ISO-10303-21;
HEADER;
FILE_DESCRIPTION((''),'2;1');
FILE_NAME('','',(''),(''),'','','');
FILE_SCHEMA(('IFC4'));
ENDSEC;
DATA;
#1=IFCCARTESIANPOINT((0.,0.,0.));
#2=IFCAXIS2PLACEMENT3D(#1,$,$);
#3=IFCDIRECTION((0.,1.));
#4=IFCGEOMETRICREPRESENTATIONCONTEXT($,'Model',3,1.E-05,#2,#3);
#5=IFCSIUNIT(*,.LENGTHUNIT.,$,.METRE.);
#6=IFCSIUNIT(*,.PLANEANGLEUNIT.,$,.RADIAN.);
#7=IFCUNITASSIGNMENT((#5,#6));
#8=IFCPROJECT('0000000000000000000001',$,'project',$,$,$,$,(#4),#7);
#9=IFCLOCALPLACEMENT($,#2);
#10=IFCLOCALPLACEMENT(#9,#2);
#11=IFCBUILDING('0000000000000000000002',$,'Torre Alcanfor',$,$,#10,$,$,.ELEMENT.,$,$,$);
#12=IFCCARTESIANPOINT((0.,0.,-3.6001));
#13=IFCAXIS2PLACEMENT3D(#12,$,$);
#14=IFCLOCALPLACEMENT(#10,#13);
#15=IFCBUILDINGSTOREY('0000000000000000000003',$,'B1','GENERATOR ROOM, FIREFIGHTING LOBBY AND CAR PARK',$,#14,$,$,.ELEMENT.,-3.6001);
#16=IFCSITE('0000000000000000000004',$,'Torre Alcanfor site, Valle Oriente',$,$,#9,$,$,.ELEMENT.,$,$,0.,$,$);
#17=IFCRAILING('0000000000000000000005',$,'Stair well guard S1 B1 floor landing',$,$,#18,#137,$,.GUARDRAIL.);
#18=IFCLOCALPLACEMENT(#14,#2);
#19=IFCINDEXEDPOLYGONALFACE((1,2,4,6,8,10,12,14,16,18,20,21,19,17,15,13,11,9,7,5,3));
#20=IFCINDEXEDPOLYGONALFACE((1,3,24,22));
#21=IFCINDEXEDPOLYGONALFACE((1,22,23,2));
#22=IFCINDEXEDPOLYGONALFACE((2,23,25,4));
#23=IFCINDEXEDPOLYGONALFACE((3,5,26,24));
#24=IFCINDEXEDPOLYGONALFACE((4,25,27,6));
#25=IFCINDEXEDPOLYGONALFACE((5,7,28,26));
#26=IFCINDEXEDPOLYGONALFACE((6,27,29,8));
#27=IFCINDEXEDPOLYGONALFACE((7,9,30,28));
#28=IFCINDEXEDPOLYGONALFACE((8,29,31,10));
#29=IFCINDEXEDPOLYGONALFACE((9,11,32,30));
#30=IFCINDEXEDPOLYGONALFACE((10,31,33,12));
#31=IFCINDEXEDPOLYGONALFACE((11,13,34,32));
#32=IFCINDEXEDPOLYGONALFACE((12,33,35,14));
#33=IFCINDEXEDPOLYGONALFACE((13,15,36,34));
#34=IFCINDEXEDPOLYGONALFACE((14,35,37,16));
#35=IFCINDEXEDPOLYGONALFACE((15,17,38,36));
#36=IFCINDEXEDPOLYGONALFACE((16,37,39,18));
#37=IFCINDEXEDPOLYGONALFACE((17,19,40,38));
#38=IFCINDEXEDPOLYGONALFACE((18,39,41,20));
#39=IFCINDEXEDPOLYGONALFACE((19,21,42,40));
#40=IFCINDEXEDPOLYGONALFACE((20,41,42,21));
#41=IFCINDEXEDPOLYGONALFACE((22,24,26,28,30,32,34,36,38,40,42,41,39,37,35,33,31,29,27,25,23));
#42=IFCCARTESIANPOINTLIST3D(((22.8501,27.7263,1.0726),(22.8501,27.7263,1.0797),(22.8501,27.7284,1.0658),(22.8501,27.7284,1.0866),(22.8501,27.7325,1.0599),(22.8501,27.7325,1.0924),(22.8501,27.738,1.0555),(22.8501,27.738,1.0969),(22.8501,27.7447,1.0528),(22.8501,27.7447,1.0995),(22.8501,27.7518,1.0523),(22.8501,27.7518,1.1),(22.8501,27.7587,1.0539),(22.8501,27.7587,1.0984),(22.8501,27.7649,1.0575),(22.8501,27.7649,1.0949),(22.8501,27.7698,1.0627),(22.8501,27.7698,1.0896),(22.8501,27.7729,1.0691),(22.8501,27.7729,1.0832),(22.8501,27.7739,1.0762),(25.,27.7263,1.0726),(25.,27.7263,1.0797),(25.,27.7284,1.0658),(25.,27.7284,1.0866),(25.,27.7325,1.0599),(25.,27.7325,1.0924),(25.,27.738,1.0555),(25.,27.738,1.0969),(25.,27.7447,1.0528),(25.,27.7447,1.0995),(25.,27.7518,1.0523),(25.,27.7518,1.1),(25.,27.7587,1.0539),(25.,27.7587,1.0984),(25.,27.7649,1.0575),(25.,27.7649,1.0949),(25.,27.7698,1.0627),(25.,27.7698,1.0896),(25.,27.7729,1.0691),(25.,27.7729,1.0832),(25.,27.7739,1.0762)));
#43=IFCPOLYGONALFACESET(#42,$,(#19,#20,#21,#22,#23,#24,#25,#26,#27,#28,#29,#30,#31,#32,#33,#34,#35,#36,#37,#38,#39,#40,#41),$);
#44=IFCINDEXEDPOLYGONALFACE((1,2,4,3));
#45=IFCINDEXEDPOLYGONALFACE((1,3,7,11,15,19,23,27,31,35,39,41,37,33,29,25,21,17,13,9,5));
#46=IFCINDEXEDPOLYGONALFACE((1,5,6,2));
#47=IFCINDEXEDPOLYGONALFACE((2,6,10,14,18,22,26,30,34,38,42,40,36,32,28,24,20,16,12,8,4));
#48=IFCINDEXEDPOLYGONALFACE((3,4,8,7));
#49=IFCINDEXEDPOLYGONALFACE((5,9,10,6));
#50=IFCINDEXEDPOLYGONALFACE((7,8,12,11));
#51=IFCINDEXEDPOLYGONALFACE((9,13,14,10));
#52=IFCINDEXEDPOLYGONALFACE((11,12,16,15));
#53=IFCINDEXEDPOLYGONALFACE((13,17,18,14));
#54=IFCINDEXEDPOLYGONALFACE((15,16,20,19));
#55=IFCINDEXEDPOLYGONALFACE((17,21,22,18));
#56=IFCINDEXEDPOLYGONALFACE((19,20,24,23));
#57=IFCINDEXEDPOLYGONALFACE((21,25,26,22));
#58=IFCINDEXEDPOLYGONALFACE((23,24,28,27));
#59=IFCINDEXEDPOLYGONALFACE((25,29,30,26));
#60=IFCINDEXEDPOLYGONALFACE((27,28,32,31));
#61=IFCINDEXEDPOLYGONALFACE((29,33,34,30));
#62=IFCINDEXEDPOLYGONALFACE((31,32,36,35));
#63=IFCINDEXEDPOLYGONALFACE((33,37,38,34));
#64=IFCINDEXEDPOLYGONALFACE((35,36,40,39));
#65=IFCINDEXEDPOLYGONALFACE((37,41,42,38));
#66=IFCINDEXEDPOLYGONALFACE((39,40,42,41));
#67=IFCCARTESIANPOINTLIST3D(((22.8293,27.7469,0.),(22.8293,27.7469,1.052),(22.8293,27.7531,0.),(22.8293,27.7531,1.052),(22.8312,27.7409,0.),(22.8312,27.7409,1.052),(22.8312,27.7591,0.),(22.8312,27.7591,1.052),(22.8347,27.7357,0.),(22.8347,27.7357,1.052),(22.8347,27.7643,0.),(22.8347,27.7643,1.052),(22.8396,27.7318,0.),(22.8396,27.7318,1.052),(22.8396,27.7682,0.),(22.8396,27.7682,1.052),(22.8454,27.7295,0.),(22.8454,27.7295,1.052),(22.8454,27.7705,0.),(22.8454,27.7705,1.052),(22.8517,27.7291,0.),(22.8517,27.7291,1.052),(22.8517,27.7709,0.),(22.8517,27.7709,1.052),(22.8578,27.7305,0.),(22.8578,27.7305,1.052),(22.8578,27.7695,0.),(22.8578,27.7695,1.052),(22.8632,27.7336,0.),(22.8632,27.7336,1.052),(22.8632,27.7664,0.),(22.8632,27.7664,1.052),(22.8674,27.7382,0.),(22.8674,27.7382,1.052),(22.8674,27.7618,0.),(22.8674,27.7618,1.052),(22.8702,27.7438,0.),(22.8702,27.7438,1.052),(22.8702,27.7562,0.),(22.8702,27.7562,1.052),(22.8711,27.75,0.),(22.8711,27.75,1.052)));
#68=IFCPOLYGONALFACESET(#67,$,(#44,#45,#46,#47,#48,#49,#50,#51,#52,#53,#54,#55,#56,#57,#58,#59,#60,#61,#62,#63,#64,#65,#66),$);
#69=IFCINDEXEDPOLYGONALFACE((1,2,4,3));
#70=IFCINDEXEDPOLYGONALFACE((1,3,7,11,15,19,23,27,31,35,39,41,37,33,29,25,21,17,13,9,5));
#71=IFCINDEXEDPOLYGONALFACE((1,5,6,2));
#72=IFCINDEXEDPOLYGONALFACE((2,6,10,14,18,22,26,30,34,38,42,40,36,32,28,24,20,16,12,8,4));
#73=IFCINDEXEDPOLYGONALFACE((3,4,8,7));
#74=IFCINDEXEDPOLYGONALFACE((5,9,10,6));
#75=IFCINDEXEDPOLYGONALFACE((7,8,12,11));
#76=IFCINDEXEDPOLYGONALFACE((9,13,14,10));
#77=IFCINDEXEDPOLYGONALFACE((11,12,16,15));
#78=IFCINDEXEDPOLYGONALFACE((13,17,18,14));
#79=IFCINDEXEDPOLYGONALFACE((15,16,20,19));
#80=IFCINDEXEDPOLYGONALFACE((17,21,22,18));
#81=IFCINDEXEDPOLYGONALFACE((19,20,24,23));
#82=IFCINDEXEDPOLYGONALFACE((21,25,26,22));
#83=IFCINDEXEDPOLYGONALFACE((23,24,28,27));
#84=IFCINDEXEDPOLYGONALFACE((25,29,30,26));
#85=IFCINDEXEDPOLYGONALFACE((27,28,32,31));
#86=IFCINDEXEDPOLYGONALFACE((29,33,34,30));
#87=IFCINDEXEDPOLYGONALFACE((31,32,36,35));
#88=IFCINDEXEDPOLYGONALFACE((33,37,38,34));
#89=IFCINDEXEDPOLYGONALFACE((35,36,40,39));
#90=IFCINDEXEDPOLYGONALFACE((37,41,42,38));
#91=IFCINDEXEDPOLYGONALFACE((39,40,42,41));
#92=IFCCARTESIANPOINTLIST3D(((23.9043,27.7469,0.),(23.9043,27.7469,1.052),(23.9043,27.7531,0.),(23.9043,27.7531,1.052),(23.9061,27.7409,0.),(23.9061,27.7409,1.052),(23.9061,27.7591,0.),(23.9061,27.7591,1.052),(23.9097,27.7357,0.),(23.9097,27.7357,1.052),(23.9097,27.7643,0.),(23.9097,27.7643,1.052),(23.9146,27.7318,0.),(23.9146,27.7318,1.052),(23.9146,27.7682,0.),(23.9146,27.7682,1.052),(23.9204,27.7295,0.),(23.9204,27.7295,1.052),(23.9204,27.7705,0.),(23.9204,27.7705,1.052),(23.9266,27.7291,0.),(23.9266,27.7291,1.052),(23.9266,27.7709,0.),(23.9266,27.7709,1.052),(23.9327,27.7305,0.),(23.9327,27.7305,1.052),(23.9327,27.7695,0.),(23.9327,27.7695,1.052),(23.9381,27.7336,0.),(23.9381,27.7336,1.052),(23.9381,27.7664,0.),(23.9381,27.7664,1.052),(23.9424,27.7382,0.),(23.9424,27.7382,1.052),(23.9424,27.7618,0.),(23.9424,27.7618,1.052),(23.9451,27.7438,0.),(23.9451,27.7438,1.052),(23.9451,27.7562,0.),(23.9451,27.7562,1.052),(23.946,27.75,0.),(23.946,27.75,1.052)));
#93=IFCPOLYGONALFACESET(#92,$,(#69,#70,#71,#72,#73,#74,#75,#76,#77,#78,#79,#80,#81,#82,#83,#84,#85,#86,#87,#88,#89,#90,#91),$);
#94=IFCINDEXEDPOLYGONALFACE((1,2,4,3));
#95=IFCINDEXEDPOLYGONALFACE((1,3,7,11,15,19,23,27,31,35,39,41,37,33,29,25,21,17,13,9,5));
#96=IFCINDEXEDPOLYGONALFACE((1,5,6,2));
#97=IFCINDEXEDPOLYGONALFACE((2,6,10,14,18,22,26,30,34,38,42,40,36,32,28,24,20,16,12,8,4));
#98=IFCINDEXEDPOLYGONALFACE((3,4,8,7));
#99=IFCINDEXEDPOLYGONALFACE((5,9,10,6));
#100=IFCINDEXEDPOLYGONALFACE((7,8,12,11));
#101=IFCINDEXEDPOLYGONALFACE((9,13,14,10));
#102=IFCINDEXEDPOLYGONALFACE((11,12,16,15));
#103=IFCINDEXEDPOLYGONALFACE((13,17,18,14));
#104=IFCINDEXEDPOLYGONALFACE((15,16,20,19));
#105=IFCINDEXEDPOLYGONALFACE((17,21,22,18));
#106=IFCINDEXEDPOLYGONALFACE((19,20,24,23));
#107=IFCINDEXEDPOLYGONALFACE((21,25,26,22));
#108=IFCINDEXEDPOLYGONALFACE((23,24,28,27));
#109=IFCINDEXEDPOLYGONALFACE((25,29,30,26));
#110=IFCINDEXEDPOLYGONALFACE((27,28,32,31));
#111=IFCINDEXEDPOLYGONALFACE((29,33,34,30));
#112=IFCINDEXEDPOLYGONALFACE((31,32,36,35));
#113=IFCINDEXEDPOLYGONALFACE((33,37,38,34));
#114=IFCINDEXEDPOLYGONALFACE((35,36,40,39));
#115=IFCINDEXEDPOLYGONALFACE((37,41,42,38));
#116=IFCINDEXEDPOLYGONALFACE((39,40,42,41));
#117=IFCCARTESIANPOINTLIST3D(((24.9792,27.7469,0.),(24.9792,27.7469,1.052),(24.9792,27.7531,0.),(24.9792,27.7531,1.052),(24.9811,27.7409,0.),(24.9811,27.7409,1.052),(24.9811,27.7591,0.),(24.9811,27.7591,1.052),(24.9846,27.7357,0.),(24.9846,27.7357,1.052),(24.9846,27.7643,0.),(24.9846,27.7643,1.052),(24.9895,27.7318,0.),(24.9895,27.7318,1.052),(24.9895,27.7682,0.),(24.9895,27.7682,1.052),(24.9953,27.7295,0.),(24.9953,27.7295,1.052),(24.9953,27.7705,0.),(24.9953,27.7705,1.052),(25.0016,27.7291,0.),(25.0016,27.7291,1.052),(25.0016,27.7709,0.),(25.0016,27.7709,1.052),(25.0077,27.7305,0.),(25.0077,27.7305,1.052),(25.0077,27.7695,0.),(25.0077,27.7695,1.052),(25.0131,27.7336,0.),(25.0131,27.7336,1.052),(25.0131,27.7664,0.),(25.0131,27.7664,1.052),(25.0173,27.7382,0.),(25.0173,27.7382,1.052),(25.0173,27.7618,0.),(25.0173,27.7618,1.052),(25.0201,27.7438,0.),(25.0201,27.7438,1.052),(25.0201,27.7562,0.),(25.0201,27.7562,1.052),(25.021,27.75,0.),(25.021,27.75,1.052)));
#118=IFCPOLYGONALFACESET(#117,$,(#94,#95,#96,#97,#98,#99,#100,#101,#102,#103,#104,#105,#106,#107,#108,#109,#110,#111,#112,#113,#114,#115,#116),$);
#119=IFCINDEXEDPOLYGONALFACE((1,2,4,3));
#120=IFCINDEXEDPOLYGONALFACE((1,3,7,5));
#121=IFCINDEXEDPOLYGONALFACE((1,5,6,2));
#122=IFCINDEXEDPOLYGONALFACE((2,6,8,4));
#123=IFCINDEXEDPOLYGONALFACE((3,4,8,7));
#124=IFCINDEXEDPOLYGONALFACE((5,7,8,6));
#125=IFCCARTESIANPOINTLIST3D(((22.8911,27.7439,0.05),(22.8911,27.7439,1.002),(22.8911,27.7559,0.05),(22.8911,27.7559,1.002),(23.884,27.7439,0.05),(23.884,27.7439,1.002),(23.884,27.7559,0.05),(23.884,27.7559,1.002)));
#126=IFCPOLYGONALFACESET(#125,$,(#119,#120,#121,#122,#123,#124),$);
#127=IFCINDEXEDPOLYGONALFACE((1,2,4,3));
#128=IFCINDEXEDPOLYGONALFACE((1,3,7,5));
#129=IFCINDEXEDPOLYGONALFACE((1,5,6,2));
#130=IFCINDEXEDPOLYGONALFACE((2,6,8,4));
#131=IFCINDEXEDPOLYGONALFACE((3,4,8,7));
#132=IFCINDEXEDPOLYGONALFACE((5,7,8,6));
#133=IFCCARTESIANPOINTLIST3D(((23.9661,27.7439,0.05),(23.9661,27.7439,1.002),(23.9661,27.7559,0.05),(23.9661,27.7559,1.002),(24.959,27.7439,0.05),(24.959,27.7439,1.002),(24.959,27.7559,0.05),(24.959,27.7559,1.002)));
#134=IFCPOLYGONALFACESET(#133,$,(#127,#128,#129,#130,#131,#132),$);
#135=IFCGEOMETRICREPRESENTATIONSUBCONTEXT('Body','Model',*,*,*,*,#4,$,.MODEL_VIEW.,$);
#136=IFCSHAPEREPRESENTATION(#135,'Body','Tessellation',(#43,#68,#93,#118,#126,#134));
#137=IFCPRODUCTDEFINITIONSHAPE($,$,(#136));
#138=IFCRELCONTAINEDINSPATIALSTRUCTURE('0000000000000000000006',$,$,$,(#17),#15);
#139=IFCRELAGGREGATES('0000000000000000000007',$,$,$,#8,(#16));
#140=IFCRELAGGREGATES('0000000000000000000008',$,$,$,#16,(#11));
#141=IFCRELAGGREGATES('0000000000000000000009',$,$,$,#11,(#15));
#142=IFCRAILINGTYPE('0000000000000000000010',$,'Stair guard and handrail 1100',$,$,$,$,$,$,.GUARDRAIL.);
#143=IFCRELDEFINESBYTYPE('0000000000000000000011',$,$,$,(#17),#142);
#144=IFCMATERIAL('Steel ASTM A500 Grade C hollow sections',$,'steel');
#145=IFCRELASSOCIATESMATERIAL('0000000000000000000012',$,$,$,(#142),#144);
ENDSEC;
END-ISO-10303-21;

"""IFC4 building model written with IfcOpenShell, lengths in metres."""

from ifc_helpers import new_model, si_unit, direction, frame, origin, origin_2d, place, context, subcontext, project, spatial, polyline, circle, outline, extrude, material, type_object, element, save


model = new_model("IFC4")

# Units and contexts
model_context = context("Model", 3, precision=1e-05, world=origin(), true_north=direction((0.0, 1.0)))
body_context = subcontext(model_context, "Body", "Model", "MODEL_VIEW")
ifc_project = project(units=[si_unit("LENGTHUNIT", "METRE"), si_unit("PLANEANGLEUNIT", "RADIAN")], contexts=[model_context])

# Site, building, storey
site_placement = place(None, origin())
site = spatial("IfcSite", under=ifc_project, at=site_placement, Name="Torre Alcanfor site, Valle Oriente", CompositionType="ELEMENT", RefElevation=0.0)
building_placement = place(site_placement, origin())
building = spatial("IfcBuilding", under=site, at=building_placement, Name="Torre Alcanfor", CompositionType="ELEMENT")
storey_placement = place(building_placement, frame((0.0, 0.0, -3.6001)))
storey = spatial("IfcBuildingStorey", under=building, at=storey_placement, Name="B1", Description="GENERATOR ROOM, FIREFIGHTING LOBBY AND CAR PARK", CompositionType="ELEMENT", Elevation=-3.6001)

# Railing
ifc_material_1 = material(Name="Steel ASTM A500 Grade C hollow sections", Category="steel")
railing_type_1 = type_object("IfcRailingType", Name="Stair guard and handrail 1100", PredefinedType="GUARDRAIL", material=ifc_material_1)
railing_1_placement = place(storey_placement, frame((22.8501, 27.75, 0.0)))
element("IfcRailing", 1, at=railing_1_placement, inside=storey, type_object=railing_type_1, Name="Stair well guard S1 B1 floor landing", PredefinedType="GUARDRAIL", context=body_context, shape_type="SweptSolid", body=[
    extrude(circle(Radius=0.0239, at=origin_2d()), frame((0.0, 0.0, 1.0762), z_axis=(1.0, 0.0, 0.0), x_axis=(0.0, 1.0, 0.0)), (0.0, 0.0, 1.0), 2.1499),
    extrude(circle(Radius=0.021, at=origin_2d()), origin(), (0.0, 0.0, 1.0), 1.052),
    extrude(circle(Radius=0.021, at=origin_2d()), frame((1.075, 0.0, 0.0)), (0.0, 0.0, 1.0), 1.052),
    extrude(circle(Radius=0.021, at=origin_2d()), frame((2.1499, 0.0, 0.0)), (0.0, 0.0, 1.0), 1.052),
    extrude(outline(polyline([(0.041, 0.05), (1.0339, 0.05), (1.0339, 1.002), (0.041, 1.002), (0.041, 0.05)])), frame((0.0, 0.0059, 0.0), z_axis=(0.0, -1.0, 0.0), x_axis=(1.0, 0.0, 0.0)), (0.0, 0.0, 1.0), 0.012),
    extrude(outline(polyline([(1.116, 0.05), (2.1089, 0.05), (2.1089, 1.002), (1.116, 1.002), (1.116, 0.05)])), frame((0.0, 0.0059, 0.0), z_axis=(0.0, -1.0, 0.0), x_axis=(1.0, 0.0, 0.0)), (0.0, 0.0, 1.0), 0.012),
])

save(model, "model.ifc")
